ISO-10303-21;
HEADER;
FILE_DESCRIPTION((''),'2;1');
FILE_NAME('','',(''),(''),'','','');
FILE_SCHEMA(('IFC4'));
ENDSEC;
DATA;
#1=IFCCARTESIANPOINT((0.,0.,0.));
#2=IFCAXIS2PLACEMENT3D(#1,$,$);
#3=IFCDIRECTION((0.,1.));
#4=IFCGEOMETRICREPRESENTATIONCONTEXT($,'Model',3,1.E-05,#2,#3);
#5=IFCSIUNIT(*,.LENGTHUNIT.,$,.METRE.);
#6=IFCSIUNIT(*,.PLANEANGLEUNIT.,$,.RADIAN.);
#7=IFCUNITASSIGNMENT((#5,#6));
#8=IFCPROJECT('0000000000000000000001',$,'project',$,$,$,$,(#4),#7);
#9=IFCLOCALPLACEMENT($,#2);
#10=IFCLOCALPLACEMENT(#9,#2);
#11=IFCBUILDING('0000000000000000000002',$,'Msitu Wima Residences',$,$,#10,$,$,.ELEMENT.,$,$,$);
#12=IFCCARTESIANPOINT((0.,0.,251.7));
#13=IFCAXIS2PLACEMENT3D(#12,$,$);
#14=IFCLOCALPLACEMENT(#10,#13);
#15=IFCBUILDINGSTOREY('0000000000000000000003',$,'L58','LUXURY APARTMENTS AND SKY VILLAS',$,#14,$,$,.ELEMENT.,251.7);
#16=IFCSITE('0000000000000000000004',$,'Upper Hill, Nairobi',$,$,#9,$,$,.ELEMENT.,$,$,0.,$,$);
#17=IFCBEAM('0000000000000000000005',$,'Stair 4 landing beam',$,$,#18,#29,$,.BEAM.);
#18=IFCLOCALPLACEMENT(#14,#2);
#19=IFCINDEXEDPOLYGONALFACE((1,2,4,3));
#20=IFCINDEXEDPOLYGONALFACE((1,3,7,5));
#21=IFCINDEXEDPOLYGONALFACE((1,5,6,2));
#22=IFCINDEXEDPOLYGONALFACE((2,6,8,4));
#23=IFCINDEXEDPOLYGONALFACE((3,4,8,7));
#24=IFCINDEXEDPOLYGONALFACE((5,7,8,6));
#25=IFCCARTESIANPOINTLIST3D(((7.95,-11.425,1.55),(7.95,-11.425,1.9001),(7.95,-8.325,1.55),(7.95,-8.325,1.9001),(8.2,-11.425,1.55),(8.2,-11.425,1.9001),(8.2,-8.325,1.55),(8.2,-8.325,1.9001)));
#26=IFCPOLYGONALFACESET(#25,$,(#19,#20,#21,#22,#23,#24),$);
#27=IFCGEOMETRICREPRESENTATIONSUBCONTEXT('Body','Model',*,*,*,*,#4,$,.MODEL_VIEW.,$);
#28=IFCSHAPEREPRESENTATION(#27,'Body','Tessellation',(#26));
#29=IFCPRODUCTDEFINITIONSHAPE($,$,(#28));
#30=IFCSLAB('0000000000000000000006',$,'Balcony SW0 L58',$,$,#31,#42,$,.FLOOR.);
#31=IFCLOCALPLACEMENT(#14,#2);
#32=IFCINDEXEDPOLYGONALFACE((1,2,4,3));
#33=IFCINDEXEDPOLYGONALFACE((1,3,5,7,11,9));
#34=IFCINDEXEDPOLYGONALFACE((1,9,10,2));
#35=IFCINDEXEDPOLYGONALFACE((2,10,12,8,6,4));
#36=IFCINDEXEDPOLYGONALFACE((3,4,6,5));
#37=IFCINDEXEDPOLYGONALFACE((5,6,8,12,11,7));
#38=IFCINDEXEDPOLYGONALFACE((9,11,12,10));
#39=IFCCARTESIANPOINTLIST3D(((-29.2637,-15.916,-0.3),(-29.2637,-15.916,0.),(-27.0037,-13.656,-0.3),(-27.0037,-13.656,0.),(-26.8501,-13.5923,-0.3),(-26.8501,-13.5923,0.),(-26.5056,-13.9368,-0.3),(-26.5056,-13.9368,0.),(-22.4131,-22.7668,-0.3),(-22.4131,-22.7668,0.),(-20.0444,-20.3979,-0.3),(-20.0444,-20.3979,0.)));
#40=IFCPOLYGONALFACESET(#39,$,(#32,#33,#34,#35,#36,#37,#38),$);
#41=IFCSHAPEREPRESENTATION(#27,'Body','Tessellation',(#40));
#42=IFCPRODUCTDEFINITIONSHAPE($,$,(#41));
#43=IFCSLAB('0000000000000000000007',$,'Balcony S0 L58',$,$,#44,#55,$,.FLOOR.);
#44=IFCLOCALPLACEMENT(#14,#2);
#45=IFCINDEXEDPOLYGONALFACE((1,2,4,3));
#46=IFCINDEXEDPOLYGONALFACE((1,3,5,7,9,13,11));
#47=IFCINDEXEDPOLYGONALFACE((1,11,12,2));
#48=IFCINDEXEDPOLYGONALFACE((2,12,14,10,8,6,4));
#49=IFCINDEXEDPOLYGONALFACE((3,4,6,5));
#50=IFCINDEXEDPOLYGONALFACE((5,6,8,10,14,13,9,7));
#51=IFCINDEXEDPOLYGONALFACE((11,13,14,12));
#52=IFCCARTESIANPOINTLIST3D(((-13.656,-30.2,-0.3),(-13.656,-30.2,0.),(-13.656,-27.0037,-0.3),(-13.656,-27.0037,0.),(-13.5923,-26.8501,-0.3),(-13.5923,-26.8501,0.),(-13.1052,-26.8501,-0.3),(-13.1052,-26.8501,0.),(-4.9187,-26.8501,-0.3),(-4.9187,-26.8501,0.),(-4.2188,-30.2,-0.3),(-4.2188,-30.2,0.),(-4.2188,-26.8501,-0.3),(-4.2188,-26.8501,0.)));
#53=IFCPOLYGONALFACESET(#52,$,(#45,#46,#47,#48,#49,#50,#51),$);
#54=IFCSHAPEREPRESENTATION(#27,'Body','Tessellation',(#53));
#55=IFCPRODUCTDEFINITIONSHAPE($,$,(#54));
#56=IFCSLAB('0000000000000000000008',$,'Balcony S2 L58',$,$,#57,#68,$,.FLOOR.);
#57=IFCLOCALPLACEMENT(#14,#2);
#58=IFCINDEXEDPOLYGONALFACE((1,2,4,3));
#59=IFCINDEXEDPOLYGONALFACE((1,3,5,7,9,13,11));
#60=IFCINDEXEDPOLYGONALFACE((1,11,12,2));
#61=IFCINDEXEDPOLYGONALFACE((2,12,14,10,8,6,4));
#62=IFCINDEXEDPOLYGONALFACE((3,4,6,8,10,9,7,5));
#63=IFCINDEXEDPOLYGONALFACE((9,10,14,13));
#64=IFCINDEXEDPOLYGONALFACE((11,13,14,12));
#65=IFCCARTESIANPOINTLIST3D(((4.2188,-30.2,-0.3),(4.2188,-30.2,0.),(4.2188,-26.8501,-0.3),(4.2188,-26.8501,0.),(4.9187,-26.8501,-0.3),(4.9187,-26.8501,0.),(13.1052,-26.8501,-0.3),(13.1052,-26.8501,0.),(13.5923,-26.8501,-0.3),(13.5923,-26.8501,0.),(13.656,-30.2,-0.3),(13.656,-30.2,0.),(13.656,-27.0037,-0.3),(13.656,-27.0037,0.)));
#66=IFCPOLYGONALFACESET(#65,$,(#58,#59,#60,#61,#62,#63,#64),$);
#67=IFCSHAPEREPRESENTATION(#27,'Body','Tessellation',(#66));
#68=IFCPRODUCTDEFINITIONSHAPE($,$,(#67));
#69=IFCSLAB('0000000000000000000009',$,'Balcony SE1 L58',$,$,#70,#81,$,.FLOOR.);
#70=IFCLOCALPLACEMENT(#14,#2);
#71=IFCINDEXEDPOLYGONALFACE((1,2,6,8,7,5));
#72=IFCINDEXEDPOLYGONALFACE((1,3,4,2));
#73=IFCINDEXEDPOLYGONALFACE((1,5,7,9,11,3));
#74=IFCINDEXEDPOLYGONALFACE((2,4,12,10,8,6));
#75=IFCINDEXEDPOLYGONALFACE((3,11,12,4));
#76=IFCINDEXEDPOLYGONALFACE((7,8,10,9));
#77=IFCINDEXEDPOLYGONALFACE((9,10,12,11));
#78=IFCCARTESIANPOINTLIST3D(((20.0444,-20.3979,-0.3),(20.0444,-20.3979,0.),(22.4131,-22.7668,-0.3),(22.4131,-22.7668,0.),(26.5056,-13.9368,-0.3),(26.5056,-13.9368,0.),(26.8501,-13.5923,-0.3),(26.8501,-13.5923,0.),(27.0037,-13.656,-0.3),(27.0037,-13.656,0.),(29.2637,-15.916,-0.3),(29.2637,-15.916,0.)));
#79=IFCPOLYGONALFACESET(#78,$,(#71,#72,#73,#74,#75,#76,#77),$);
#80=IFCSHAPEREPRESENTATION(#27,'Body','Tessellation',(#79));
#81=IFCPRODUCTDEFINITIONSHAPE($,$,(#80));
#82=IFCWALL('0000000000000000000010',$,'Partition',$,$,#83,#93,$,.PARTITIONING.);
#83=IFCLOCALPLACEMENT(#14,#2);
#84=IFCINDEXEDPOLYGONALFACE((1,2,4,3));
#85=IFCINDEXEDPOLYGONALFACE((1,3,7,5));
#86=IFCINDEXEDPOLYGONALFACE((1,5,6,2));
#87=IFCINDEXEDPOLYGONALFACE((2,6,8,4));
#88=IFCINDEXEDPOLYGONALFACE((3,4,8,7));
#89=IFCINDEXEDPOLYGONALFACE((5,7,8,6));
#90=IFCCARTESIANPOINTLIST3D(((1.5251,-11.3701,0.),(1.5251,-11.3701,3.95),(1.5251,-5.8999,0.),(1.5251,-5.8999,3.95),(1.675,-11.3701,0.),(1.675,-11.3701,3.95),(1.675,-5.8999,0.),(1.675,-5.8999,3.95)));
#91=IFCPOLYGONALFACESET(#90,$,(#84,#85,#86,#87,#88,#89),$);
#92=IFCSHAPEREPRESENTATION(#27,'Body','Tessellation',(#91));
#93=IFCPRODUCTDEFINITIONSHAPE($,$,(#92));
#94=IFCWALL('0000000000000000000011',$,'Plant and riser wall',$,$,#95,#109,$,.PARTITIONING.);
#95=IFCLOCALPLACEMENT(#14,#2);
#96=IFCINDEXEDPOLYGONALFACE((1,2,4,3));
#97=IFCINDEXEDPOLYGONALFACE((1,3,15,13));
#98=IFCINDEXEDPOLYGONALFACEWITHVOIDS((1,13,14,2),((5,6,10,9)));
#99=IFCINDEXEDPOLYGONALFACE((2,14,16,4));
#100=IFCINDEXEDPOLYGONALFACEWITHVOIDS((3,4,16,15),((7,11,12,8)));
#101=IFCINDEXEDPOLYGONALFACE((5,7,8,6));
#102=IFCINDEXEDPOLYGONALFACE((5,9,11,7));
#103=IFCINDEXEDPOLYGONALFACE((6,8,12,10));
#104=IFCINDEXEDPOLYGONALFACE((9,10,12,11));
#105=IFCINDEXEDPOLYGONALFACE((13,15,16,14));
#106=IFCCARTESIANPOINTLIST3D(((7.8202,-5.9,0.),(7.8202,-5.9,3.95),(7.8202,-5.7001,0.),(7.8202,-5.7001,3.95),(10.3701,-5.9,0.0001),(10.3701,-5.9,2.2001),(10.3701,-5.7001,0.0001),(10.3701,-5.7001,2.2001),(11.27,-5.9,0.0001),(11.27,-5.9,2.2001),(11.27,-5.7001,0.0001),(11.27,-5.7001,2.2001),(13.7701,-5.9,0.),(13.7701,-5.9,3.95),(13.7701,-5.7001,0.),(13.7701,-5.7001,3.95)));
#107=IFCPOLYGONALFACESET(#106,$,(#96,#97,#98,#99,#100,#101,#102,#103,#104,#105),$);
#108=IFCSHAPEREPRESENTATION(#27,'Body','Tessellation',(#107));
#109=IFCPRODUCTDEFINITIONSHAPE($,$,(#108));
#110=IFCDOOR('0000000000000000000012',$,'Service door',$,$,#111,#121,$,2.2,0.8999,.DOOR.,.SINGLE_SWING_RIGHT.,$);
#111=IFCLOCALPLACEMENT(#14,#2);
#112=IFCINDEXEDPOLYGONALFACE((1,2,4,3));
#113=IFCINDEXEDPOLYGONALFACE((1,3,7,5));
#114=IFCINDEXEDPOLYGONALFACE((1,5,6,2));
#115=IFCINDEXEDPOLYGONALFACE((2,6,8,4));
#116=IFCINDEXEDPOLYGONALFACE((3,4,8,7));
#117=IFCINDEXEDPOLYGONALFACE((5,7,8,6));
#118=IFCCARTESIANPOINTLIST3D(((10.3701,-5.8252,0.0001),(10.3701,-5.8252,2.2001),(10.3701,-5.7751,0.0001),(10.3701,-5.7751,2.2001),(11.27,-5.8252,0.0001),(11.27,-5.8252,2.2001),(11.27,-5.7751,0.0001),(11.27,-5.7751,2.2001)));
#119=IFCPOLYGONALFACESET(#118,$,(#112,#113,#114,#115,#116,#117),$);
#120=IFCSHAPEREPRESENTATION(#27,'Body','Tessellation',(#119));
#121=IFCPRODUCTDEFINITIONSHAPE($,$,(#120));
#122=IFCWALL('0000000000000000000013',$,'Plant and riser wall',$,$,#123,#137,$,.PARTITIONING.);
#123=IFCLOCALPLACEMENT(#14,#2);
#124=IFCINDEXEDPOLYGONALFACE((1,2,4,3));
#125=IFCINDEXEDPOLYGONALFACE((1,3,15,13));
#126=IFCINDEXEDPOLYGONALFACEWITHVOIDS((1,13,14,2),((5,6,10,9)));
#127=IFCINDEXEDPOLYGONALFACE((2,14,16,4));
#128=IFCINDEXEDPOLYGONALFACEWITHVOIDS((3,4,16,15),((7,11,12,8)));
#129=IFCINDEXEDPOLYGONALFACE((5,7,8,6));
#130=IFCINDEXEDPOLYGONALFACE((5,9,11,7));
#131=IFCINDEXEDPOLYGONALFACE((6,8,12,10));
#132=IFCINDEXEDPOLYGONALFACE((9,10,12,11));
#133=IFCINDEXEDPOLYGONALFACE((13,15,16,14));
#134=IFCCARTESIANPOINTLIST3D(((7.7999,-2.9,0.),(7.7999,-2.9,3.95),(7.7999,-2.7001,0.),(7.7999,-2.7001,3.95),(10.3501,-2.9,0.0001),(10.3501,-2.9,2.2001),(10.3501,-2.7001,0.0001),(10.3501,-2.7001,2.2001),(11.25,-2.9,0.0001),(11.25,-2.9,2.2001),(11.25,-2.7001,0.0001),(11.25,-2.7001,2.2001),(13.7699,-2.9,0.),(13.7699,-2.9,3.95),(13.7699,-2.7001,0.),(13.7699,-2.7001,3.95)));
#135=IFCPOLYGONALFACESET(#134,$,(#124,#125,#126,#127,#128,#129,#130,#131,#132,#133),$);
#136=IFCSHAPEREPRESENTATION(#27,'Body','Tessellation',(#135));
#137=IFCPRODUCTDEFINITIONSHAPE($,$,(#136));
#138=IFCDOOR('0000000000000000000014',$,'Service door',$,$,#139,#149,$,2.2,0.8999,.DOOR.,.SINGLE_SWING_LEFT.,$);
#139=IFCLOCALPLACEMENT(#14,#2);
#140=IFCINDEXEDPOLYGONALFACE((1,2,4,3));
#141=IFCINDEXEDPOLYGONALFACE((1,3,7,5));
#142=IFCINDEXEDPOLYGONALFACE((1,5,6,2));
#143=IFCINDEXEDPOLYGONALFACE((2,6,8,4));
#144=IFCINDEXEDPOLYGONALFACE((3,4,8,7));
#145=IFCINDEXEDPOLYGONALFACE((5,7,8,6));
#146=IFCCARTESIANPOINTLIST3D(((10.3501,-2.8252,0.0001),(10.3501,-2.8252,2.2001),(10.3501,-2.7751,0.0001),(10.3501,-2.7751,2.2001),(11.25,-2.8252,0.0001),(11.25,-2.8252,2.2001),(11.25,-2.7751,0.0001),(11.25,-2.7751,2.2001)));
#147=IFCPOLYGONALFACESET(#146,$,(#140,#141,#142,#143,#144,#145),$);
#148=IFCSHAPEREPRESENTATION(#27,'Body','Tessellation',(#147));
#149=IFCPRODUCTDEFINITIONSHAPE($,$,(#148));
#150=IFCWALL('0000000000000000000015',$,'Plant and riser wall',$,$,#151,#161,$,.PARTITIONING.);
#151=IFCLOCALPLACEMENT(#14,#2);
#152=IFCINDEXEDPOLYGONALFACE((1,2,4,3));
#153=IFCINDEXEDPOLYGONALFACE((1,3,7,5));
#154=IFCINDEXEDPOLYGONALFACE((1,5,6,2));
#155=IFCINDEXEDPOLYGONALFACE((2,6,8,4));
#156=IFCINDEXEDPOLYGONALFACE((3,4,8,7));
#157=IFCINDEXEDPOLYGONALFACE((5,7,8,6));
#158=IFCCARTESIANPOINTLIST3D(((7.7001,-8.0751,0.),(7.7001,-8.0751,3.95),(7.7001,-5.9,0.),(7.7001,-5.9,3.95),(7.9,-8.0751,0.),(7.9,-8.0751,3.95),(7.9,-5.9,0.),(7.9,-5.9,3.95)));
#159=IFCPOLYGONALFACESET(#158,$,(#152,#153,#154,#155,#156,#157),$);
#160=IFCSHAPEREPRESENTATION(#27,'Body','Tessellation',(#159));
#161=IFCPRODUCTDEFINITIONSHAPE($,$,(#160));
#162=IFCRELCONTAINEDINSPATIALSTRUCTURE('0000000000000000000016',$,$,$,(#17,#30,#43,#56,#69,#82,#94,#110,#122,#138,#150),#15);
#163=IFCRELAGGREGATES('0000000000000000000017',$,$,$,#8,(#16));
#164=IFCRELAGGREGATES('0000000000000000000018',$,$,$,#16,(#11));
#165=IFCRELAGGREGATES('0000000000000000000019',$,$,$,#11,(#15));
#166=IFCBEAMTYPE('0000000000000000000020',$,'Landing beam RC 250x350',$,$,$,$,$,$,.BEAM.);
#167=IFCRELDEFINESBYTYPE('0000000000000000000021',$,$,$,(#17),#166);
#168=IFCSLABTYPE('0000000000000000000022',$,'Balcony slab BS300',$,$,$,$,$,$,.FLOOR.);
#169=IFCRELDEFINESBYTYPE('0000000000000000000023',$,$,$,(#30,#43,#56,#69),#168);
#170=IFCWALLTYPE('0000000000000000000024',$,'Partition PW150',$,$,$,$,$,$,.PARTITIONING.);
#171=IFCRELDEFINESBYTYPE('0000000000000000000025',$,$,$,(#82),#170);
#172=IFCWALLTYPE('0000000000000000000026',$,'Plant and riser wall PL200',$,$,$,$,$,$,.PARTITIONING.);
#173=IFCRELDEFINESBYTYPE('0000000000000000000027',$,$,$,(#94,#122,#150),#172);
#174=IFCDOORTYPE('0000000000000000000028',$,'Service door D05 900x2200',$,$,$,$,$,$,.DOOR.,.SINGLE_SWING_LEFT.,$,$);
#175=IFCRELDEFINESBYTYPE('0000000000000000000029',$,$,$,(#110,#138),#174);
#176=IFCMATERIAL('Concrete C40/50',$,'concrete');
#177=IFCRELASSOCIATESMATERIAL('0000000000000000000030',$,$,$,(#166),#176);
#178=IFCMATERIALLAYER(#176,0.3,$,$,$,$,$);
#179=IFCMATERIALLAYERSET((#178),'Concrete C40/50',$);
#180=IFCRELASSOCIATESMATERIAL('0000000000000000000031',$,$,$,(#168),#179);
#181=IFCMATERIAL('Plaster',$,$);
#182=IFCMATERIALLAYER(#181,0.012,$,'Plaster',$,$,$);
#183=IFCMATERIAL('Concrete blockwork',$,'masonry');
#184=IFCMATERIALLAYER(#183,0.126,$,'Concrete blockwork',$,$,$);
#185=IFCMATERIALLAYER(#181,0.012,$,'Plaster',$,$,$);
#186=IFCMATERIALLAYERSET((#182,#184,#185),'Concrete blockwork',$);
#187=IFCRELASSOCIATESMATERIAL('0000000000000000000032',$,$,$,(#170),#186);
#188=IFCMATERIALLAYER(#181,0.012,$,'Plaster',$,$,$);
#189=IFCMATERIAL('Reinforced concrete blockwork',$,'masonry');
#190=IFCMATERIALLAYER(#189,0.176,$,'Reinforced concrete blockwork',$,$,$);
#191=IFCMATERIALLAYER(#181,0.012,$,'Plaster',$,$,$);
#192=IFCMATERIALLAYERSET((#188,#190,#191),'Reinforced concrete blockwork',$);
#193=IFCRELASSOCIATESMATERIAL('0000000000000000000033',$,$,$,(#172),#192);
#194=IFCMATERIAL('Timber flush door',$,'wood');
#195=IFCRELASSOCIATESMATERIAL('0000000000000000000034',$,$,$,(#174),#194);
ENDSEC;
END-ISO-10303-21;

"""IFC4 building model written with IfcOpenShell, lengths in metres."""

from ifc_helpers import new_model, si_unit, direction, frame, frame_2d, origin, origin_2d, place, context, subcontext, project, spatial, polyline, rectangle, outline, extrude, material, layer, layer_set, material_profile, profile_set, type_object, element, fill, save


model = new_model("IFC4")

# Units and contexts
model_context = context("Model", 3, precision=1e-05, world=origin(), true_north=direction((0.0, 1.0)))
body_context = subcontext(model_context, "Body", "Model", "MODEL_VIEW")
ifc_project = project(units=[si_unit("LENGTHUNIT", "METRE"), si_unit("PLANEANGLEUNIT", "RADIAN")], contexts=[model_context])

# Site, building, storey
site_placement = place(None, origin())
site = spatial("IfcSite", under=ifc_project, at=site_placement, Name="Upper Hill, Nairobi", CompositionType="ELEMENT", RefElevation=0.0)
building_placement = place(site_placement, origin())
building = spatial("IfcBuilding", under=site, at=building_placement, Name="Msitu Wima Residences", CompositionType="ELEMENT")
storey_placement = place(building_placement, frame((0.0, 0.0, 251.7)))
storey = spatial("IfcBuildingStorey", under=building, at=storey_placement, Name="L58", Description="LUXURY APARTMENTS AND SKY VILLAS", CompositionType="ELEMENT", Elevation=251.7)

# Beam
ifc_material_1 = material(Name="Concrete C40/50", Category="concrete")
ifc_material_profile = material_profile(ifc_material_1, rectangle(XDim=0.25, YDim=0.3501, at=origin_2d()), Name="RC 250x350")
ifc_profile_set = profile_set([ifc_material_profile], Name="Concrete C40/50")
beam_type = type_object("IfcBeamType", Name="Landing beam RC 250x350", PredefinedType="BEAM", material=ifc_profile_set)
beam_placement = place(storey_placement, frame((8.075, -11.425, 1.7251), z_axis=(0.0, 1.0, 0.0), x_axis=(-1.0, 0.0, 0.0)))
element("IfcBeam", 1, at=beam_placement, inside=storey, type_object=beam_type, Name="Stair 4 landing beam", PredefinedType="BEAM", context=body_context, shape_type="SweptSolid", body=[
    extrude(rectangle(XDim=0.25, YDim=0.3501, at=origin_2d()), origin(), (0.0, 0.0, 1.0), 3.1001),
])

# Slabs
ifc_layer_1 = layer(ifc_material_1, 0.3)
ifc_layer_set_1 = layer_set([ifc_layer_1], Name="Concrete C40/50")
slab_type = type_object("IfcSlabType", Name="Balcony slab BS300", PredefinedType="FLOOR", material=ifc_layer_set_1)
slab_1_placement = place(storey_placement, frame((0.0, 0.0, -0.3)))
element("IfcSlab", 2, at=slab_1_placement, inside=storey, type_object=slab_type, Name="Balcony SW0 L58", PredefinedType="FLOOR", context=body_context, shape_type="SweptSolid", body=[
    extrude(outline(polyline([(-26.5056, -13.9368), (-26.5056, -13.9368), (-20.0444, -20.3979), (-22.4131, -22.7668), (-29.2637, -15.916), (-27.0037, -13.656), (-26.8501, -13.5923), (-26.5056, -13.9368), (-26.5056, -13.9368)])), origin(), (0.0, 0.0, 1.0), 0.3),
])
slab_2_placement = place(storey_placement, frame((0.0, 0.0, -0.3)))
element("IfcSlab", 3, at=slab_2_placement, inside=storey, type_object=slab_type, Name="Balcony S0 L58", PredefinedType="FLOOR", context=body_context, shape_type="SweptSolid", body=[
    extrude(outline(polyline([(-13.1052, -26.8501), (-13.1052, -26.8501), (-4.9187, -26.8501), (-4.2188, -26.8501), (-4.2188, -30.2), (-13.656, -30.2), (-13.656, -27.0037), (-13.5923, -26.8501), (-13.1052, -26.8501), (-13.1052, -26.8501)])), origin(), (0.0, 0.0, 1.0), 0.3),
])
slab_3_placement = place(storey_placement, frame((0.0, 0.0, -0.3)))
element("IfcSlab", 4, at=slab_3_placement, inside=storey, type_object=slab_type, Name="Balcony S2 L58", PredefinedType="FLOOR", context=body_context, shape_type="SweptSolid", body=[
    extrude(outline(polyline([(13.1052, -26.8501), (13.1052, -26.8501), (13.1052, -26.8501), (13.5923, -26.8501), (13.656, -27.0037), (13.656, -30.2), (4.2188, -30.2), (4.2188, -26.8501), (4.9187, -26.8501), (13.1052, -26.8501)])), origin(), (0.0, 0.0, 1.0), 0.3),
])
slab_4_placement = place(storey_placement, frame((0.0, 0.0, -0.3)))
element("IfcSlab", 5, at=slab_4_placement, inside=storey, type_object=slab_type, Name="Balcony SE1 L58", PredefinedType="FLOOR", context=body_context, shape_type="SweptSolid", body=[
    extrude(outline(polyline([(26.5056, -13.9368), (26.5056, -13.9368), (26.8501, -13.5923), (27.0037, -13.656), (29.2637, -15.916), (22.4131, -22.7668), (20.0444, -20.3979), (26.5056, -13.9368), (26.5056, -13.9368)])), origin(), (0.0, 0.0, 1.0), 0.3),
])

# Wall
ifc_material_2 = material(Name="Plaster")
ifc_layer_2 = layer(ifc_material_2, 0.012, Name="Plaster")
ifc_material_3 = material(Name="Concrete blockwork", Category="masonry")
ifc_layer_3 = layer(ifc_material_3, 0.126, Name="Concrete blockwork")
ifc_layer_4 = layer(ifc_material_2, 0.012, Name="Plaster")
ifc_layer_set_2 = layer_set([ifc_layer_2, ifc_layer_3, ifc_layer_4], Name="Concrete blockwork")
wall_type_1 = type_object("IfcWallType", Name="Partition PW150", PredefinedType="PARTITIONING", material=ifc_layer_set_2)
wall_1_placement = place(storey_placement, frame((1.6001, -11.3701, 0.0), z_axis=(0.0, 0.0, 1.0), x_axis=(0.0, 1.0, 0.0)))
element("IfcWall", 6, at=wall_1_placement, inside=storey, type_object=wall_type_1, Name="Partition", PredefinedType="PARTITIONING", context=body_context, shape_type="SweptSolid", body=[
    extrude(rectangle(XDim=5.4702, YDim=0.1499, at=frame_2d((2.7351, 0.0))), origin(), (0.0, 0.0, 1.0), 3.95),
])

# Walls, openings, doors
ifc_layer_5 = layer(ifc_material_2, 0.012, Name="Plaster")
ifc_material_4 = material(Name="Reinforced concrete blockwork", Category="masonry")
ifc_layer_6 = layer(ifc_material_4, 0.176, Name="Reinforced concrete blockwork")
ifc_layer_7 = layer(ifc_material_2, 0.012, Name="Plaster")
ifc_layer_set_3 = layer_set([ifc_layer_5, ifc_layer_6, ifc_layer_7], Name="Reinforced concrete blockwork")
wall_type_2 = type_object("IfcWallType", Name="Plant and riser wall PL200", PredefinedType="PARTITIONING", material=ifc_layer_set_3)
wall_2_placement = place(storey_placement, frame((7.8201, -5.8, 0.0), z_axis=(0.0, 0.0, 1.0), x_axis=(1.0, 0.0, 0.0)))
wall_2 = element("IfcWall", 7, at=wall_2_placement, inside=storey, type_object=wall_type_2, Name="Plant and riser wall", PredefinedType="PARTITIONING", context=body_context, shape_type="SweptSolid", body=[
    extrude(rectangle(XDim=5.95, YDim=0.2, at=frame_2d((2.9751, 0.0))), origin(), (0.0, 0.0, 1.0), 3.95),
])
opening_1_placement = place(wall_2_placement, frame((2.55, 0.0, 0.0)))
opening_1 = element("IfcOpeningElement", 8, at=opening_1_placement, cuts=wall_2, PredefinedType="OPENING", context=body_context, shape_type="SweptSolid", body=[
    extrude(rectangle(XDim=0.8999, YDim=2.2, at=frame_2d((0.45, 1.1001))), frame((0.0, 0.1099, 0.0), z_axis=(0.0, -1.0, 0.0), x_axis=(1.0, 0.0, 0.0)), (0.0, 0.0, 1.0), 0.22),
])
ifc_material_5 = material(Name="Timber flush door", Category="wood")
door_type = type_object("IfcDoorType", Name="Service door D05 900x2200", OperationType="SINGLE_SWING_LEFT", PredefinedType="DOOR", material=ifc_material_5)
door_1_placement = place(opening_1_placement, origin())
door_1 = element("IfcDoor", 9, at=door_1_placement, inside=storey, type_object=door_type, Name="Service door", OperationType="SINGLE_SWING_RIGHT", OverallHeight=2.2, OverallWidth=0.8999, PredefinedType="DOOR", context=body_context, shape_type="SweptSolid", body=[
    extrude(rectangle(XDim=0.8999, YDim=2.2, at=frame_2d((0.45, 1.1001))), frame((0.0, 0.0249, 0.0), z_axis=(0.0, -1.0, 0.0), x_axis=(1.0, 0.0, 0.0)), (0.0, 0.0, 1.0), 0.05),
])
fill(opening_1, door_1)
wall_3_placement = place(storey_placement, frame((7.8, -2.8, 0.0), z_axis=(0.0, 0.0, 1.0), x_axis=(1.0, 0.0, 0.0)))
wall_3 = element("IfcWall", 10, at=wall_3_placement, inside=storey, type_object=wall_type_2, Name="Plant and riser wall", PredefinedType="PARTITIONING", context=body_context, shape_type="SweptSolid", body=[
    extrude(rectangle(XDim=5.97, YDim=0.2, at=frame_2d((2.9849, 0.0))), origin(), (0.0, 0.0, 1.0), 3.95),
])
opening_2_placement = place(wall_3_placement, frame((2.55, 0.0, 0.0)))
opening_2 = element("IfcOpeningElement", 11, at=opening_2_placement, cuts=wall_3, PredefinedType="OPENING", context=body_context, shape_type="SweptSolid", body=[
    extrude(rectangle(XDim=0.8999, YDim=2.2, at=frame_2d((0.45, 1.1001))), frame((0.0, 0.1099, 0.0), z_axis=(0.0, -1.0, 0.0), x_axis=(1.0, 0.0, 0.0)), (0.0, 0.0, 1.0), 0.22),
])
door_2_placement = place(opening_2_placement, origin())
door_2 = element("IfcDoor", 12, at=door_2_placement, inside=storey, type_object=door_type, Name="Service door", OperationType="SINGLE_SWING_LEFT", OverallHeight=2.2, OverallWidth=0.8999, PredefinedType="DOOR", context=body_context, shape_type="SweptSolid", body=[
    extrude(rectangle(XDim=0.8999, YDim=2.2, at=frame_2d((0.45, 1.1001))), frame((0.0, 0.0249, 0.0), z_axis=(0.0, -1.0, 0.0), x_axis=(1.0, 0.0, 0.0)), (0.0, 0.0, 1.0), 0.05),
])
fill(opening_2, door_2)

# Wall
wall_4_placement = place(storey_placement, frame((7.8, -8.075, 0.0), z_axis=(0.0, 0.0, 1.0), x_axis=(0.0, 1.0, 0.0)))
element("IfcWall", 13, at=wall_4_placement, inside=storey, type_object=wall_type_2, Name="Plant and riser wall", PredefinedType="PARTITIONING", context=body_context, shape_type="SweptSolid", body=[
    extrude(rectangle(XDim=2.175, YDim=0.2, at=frame_2d((1.0874, 0.0))), origin(), (0.0, 0.0, 1.0), 3.95),
])

save(model, "model.ifc")
